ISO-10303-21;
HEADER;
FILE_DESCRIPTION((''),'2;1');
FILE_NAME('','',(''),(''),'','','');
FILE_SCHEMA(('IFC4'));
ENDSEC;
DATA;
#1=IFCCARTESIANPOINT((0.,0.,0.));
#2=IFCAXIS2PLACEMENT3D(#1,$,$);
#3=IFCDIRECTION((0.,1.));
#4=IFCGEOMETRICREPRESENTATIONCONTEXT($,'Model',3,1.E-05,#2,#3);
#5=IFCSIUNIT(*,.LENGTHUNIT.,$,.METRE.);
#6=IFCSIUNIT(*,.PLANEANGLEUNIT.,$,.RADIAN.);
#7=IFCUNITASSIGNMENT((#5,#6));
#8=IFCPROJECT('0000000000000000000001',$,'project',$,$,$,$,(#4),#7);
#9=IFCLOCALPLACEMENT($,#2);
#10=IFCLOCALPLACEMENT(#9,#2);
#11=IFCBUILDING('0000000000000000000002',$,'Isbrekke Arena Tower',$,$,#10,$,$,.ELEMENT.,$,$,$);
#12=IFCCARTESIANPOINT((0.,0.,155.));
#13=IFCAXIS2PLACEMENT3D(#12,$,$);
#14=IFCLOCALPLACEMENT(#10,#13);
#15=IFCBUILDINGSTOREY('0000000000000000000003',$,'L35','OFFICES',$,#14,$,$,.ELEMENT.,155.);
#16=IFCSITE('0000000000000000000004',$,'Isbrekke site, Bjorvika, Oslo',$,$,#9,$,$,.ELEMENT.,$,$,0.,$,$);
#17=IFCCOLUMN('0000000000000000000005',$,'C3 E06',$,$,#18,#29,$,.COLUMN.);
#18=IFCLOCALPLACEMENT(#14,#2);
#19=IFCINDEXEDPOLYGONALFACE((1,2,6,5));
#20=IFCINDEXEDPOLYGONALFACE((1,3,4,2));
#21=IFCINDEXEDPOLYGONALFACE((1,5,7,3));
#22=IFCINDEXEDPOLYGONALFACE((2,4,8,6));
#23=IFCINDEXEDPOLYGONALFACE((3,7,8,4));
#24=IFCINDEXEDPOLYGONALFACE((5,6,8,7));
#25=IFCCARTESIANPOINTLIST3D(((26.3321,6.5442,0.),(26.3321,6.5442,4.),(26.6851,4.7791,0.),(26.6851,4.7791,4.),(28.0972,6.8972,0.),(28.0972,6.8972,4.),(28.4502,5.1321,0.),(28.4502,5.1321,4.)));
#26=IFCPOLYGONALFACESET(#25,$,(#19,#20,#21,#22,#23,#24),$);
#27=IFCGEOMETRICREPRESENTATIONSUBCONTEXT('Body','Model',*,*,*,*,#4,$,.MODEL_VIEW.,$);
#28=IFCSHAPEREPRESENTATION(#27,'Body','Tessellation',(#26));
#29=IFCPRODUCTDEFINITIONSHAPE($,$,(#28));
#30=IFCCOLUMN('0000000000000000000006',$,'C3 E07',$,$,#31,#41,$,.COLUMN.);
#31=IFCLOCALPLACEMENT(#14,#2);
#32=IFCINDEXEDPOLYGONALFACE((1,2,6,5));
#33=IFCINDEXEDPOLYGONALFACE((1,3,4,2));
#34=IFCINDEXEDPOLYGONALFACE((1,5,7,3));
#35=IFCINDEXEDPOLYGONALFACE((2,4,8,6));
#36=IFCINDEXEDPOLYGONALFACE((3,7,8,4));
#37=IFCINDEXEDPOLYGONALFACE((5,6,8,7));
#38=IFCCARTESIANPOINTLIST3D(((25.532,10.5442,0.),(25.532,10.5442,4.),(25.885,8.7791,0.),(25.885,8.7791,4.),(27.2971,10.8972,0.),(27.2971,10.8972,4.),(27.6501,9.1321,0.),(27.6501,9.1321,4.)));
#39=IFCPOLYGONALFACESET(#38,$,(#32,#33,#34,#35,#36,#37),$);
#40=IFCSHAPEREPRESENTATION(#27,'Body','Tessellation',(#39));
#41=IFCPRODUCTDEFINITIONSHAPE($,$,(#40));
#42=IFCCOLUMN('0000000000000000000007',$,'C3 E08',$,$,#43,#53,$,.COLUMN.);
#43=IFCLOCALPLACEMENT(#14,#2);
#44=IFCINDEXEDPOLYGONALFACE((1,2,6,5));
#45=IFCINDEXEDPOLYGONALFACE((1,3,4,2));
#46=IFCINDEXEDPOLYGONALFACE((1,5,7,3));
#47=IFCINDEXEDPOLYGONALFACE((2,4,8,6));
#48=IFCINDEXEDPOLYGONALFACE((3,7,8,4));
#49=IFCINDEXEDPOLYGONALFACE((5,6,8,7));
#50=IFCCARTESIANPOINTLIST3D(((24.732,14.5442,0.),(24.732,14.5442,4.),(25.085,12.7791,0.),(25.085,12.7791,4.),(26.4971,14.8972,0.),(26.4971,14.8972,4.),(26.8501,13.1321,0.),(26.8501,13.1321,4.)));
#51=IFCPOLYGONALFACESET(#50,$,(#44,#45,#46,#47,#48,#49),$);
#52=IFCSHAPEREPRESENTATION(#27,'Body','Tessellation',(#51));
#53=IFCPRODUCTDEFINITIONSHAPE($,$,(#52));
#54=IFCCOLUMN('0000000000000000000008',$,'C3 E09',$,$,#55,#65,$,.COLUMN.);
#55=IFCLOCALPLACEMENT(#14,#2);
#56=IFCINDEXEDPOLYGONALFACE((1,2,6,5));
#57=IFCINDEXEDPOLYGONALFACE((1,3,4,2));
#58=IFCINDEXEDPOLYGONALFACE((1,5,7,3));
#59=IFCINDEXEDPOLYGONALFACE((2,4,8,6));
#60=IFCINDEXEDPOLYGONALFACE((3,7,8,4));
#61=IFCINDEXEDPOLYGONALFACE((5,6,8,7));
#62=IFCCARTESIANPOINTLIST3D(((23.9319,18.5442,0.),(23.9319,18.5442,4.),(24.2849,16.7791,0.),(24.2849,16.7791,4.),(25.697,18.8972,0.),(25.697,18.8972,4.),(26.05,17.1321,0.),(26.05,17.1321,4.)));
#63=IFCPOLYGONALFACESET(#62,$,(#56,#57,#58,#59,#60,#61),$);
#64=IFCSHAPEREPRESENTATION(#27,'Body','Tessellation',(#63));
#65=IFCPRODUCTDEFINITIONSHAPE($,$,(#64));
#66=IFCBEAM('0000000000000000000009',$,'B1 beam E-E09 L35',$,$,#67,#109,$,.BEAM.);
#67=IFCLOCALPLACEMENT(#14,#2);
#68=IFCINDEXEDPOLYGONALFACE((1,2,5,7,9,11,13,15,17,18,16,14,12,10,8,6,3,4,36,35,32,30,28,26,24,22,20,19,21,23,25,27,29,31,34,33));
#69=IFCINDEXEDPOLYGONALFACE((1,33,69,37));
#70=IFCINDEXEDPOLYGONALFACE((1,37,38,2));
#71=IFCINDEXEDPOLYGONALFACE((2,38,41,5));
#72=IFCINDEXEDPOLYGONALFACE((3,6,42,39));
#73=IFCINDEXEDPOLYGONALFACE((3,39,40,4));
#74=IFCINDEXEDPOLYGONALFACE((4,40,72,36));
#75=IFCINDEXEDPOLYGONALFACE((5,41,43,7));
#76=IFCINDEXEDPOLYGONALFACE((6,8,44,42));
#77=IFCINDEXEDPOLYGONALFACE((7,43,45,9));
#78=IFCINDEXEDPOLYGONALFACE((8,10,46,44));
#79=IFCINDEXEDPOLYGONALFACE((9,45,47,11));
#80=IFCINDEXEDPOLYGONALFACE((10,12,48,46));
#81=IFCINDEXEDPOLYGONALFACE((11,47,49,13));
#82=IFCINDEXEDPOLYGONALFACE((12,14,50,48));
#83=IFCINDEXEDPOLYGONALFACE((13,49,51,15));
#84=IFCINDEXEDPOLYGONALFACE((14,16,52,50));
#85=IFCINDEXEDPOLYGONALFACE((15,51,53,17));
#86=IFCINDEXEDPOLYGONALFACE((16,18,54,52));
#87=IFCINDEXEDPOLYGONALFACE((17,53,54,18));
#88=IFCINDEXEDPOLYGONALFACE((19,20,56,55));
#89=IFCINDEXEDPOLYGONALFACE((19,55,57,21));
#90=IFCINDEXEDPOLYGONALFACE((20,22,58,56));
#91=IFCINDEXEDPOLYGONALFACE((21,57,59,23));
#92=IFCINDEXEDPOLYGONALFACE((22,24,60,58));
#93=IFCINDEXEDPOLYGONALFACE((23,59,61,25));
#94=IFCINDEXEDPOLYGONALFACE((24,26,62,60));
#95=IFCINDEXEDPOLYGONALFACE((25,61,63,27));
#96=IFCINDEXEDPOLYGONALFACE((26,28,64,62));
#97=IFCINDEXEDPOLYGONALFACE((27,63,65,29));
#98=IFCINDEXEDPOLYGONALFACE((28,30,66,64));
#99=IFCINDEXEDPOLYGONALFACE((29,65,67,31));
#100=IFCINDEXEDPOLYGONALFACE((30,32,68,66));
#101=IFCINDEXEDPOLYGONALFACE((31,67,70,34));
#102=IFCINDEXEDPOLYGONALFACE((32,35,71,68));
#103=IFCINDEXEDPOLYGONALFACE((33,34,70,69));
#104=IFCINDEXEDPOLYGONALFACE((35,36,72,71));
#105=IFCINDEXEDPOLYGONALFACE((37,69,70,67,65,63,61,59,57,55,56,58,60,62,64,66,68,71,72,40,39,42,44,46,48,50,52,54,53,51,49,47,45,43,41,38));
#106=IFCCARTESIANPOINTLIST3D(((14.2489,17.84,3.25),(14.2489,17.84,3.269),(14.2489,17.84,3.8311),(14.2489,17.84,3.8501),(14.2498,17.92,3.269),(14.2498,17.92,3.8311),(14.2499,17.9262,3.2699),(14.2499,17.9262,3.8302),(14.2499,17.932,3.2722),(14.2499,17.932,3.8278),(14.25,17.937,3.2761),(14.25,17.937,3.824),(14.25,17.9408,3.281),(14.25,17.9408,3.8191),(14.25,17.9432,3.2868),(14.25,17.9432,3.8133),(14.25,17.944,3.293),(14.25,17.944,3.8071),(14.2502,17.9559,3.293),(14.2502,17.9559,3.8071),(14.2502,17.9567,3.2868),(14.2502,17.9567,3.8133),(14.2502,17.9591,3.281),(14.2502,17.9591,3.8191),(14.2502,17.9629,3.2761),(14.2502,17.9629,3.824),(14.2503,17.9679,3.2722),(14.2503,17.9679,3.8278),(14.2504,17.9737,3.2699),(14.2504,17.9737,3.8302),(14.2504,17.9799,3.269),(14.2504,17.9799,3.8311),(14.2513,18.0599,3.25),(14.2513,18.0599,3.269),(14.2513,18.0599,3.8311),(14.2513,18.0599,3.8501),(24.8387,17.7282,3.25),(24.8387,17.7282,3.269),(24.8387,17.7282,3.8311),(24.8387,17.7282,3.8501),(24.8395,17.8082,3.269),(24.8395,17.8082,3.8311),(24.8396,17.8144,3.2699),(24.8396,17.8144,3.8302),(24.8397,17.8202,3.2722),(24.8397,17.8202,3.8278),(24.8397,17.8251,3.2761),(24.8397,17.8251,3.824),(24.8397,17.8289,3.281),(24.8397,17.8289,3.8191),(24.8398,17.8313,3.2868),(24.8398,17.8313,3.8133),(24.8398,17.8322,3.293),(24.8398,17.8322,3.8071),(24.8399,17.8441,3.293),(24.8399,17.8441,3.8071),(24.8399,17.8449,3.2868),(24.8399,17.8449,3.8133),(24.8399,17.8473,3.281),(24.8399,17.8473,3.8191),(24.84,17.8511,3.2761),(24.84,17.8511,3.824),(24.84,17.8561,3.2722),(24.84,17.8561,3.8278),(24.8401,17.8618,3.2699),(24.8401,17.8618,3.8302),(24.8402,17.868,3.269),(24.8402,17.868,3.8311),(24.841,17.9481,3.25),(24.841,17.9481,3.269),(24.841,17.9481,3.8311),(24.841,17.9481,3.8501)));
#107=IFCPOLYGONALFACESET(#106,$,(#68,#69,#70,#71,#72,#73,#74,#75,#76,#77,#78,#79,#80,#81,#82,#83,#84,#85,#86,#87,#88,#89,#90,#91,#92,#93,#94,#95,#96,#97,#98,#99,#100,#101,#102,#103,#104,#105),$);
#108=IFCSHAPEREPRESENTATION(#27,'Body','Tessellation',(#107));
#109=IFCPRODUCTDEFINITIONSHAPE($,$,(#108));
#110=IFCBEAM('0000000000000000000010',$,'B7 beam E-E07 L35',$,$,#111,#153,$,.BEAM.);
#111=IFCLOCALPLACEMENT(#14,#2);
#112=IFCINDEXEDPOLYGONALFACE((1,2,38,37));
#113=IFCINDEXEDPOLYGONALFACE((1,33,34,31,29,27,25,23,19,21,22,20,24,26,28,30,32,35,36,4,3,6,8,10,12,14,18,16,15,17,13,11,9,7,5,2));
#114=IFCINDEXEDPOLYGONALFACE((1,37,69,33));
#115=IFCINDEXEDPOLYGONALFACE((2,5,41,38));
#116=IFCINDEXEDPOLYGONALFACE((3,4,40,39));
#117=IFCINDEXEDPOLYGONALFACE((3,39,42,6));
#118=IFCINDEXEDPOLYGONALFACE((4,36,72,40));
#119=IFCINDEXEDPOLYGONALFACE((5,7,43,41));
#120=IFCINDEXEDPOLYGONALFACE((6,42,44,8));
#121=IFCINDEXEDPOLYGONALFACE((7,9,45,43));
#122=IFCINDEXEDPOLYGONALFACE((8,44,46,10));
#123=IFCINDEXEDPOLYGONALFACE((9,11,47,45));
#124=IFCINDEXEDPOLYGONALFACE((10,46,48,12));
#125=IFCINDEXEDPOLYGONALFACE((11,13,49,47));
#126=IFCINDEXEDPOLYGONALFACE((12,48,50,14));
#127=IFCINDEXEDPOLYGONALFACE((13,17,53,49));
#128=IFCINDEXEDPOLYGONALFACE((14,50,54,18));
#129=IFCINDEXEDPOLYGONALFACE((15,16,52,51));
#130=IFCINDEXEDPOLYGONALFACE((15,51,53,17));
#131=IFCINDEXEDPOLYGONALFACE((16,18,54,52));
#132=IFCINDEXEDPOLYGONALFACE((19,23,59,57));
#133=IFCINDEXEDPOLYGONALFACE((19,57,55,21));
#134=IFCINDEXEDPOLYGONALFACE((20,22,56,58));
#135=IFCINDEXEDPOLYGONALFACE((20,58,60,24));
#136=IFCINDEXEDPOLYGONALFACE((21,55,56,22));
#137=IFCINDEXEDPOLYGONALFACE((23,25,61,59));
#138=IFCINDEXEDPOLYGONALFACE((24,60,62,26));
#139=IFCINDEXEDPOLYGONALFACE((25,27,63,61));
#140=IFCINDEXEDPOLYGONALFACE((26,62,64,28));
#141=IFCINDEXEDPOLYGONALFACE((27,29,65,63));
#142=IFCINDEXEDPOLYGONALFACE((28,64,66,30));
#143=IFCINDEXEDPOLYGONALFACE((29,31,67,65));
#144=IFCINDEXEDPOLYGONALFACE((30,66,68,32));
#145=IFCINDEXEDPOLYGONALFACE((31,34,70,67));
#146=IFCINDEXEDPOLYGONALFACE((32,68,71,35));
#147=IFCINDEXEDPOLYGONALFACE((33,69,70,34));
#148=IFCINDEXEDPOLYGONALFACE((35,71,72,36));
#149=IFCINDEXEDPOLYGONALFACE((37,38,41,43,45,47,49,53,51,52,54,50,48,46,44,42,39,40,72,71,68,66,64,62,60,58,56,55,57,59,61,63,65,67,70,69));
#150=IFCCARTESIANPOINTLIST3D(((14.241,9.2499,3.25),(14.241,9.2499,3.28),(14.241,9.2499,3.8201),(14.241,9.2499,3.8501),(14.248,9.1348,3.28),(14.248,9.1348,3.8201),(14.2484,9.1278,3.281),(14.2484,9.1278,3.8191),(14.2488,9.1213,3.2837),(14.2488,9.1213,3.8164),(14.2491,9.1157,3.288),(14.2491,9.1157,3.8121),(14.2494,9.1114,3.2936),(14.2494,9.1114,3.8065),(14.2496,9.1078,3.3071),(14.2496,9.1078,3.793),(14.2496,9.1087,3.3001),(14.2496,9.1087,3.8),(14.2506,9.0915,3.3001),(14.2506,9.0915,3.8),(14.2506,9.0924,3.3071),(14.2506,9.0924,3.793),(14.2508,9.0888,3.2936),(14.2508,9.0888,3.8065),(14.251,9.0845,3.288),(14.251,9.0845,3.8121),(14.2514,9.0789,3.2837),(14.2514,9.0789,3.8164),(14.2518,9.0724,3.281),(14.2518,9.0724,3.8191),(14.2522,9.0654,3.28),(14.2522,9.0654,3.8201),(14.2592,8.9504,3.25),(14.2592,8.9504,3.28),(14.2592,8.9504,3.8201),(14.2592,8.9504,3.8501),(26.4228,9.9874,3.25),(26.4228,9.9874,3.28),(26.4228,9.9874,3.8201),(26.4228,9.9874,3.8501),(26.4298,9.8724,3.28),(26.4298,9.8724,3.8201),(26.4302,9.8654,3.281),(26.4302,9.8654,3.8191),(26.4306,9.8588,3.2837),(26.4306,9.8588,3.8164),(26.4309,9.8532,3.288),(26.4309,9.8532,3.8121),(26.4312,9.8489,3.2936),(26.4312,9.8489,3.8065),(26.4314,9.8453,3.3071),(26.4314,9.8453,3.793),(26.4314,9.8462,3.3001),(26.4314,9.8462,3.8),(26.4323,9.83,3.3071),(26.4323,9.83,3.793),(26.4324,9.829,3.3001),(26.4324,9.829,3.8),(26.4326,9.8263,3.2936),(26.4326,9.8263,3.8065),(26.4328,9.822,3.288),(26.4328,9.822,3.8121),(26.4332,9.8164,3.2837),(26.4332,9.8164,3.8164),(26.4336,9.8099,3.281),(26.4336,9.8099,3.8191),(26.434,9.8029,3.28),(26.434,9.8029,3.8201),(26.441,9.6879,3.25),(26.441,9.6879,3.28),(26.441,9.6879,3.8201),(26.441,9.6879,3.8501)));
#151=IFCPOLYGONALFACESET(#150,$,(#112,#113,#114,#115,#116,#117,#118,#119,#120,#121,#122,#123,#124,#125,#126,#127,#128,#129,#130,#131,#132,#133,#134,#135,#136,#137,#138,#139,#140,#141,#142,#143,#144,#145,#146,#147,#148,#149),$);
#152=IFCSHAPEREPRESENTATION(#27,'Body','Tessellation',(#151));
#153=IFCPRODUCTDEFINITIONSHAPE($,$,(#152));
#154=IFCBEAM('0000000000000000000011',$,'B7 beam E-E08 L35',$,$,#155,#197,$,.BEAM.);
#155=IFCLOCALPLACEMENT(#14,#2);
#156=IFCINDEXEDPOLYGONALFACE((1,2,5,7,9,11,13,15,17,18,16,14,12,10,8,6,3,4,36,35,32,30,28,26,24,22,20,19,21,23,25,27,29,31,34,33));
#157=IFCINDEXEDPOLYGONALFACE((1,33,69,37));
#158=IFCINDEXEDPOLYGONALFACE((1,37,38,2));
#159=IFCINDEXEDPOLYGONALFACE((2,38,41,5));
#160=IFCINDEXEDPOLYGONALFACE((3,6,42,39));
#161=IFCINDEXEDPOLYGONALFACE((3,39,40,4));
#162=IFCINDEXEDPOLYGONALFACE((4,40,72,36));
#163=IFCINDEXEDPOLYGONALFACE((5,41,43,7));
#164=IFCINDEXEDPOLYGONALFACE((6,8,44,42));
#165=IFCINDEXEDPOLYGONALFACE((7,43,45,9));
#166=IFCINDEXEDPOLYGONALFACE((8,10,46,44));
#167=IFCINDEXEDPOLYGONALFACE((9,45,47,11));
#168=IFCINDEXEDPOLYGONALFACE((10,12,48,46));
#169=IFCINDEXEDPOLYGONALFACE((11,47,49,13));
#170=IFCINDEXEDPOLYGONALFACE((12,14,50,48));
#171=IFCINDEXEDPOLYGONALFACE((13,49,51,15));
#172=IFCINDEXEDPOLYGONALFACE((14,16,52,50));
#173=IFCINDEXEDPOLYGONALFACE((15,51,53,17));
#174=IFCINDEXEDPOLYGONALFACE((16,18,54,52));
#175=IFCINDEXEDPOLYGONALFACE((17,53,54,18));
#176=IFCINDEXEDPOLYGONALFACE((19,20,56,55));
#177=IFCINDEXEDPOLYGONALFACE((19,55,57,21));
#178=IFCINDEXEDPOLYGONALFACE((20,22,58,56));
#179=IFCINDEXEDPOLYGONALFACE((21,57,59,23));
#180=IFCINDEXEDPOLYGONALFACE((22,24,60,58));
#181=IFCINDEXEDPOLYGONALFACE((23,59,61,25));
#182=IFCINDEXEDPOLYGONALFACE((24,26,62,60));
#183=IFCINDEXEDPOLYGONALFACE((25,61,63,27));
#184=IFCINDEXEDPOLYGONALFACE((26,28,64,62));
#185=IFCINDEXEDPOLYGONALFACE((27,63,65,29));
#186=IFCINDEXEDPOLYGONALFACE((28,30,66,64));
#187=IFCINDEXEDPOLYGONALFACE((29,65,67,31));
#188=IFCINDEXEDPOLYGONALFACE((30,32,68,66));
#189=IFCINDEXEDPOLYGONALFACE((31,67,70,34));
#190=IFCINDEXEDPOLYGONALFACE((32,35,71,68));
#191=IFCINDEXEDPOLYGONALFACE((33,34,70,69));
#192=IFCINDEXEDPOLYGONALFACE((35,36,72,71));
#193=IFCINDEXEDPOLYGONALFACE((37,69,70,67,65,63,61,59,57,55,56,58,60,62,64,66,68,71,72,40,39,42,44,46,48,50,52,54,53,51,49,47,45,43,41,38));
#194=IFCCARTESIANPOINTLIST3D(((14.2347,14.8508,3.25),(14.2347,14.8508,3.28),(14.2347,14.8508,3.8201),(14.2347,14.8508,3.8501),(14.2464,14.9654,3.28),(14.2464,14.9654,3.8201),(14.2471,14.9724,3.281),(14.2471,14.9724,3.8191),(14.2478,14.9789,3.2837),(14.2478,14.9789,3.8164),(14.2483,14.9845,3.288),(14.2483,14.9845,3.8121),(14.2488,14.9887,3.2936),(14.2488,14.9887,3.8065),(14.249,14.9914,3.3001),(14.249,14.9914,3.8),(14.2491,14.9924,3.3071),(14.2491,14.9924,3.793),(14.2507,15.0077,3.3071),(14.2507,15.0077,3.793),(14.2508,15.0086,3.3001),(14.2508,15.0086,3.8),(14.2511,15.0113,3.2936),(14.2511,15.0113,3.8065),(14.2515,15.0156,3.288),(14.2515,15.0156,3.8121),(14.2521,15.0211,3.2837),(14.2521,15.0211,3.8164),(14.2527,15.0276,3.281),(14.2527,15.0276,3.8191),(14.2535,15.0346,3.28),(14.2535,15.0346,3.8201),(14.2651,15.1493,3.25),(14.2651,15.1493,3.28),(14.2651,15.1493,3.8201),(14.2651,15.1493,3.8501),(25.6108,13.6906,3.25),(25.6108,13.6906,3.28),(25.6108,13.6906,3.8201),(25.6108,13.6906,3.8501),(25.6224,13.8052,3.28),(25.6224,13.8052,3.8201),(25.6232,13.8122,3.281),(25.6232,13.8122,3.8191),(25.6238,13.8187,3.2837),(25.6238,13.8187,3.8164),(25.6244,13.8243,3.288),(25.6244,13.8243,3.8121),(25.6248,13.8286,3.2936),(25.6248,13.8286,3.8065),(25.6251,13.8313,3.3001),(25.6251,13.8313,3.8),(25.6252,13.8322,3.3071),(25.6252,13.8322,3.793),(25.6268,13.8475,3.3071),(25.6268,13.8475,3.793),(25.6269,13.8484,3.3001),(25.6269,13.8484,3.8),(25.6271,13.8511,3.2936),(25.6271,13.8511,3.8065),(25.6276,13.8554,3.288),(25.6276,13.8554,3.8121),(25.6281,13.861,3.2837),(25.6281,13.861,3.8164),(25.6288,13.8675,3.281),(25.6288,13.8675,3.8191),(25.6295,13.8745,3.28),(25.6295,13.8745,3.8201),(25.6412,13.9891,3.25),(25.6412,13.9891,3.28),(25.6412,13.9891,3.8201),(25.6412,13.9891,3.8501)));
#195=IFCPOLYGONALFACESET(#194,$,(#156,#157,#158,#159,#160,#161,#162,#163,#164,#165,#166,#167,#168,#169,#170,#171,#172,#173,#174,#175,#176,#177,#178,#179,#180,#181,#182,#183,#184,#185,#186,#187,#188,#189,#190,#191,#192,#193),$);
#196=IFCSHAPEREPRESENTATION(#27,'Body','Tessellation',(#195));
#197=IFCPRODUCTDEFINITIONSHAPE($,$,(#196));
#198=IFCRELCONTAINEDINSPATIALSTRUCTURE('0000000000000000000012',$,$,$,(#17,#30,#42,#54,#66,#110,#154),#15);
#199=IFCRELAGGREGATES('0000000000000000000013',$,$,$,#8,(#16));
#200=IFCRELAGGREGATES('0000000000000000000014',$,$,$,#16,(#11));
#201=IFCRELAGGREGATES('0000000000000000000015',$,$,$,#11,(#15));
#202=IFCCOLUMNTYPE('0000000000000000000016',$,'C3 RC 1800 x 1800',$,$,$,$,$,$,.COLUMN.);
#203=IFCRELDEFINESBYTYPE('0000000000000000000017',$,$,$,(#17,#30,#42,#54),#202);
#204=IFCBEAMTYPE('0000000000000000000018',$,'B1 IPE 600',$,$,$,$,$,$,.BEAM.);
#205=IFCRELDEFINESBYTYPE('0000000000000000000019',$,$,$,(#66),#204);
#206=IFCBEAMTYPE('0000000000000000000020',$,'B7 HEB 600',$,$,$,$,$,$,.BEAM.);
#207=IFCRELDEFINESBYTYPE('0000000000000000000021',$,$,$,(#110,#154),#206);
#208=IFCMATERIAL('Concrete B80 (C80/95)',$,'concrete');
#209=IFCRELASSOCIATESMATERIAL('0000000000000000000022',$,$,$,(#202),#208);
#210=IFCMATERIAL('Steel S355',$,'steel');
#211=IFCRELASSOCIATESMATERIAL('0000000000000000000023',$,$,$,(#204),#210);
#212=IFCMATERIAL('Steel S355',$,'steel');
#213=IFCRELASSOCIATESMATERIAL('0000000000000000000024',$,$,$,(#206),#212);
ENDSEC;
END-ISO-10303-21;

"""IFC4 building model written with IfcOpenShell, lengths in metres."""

from ifc_helpers import new_model, si_unit, direction, frame, origin, origin_2d, place, context, subcontext, project, spatial, rectangle, i_section, extrude, material, material_profile, profile_set, type_object, element, save


model = new_model("IFC4")

# Units and contexts
model_context = context("Model", 3, precision=1e-05, world=origin(), true_north=direction((0.0, 1.0)))
body_context = subcontext(model_context, "Body", "Model", "MODEL_VIEW")
ifc_project = project(units=[si_unit("LENGTHUNIT", "METRE"), si_unit("PLANEANGLEUNIT", "RADIAN")], contexts=[model_context])

# Site, building, storey
site_placement = place(None, origin())
site = spatial("IfcSite", under=ifc_project, at=site_placement, Name="Isbrekke site, Bjorvika, Oslo", CompositionType="ELEMENT", RefElevation=0.0)
building_placement = place(site_placement, origin())
building = spatial("IfcBuilding", under=site, at=building_placement, Name="Isbrekke Arena Tower", CompositionType="ELEMENT")
storey_placement = place(building_placement, frame((0.0, 0.0, 155.0)))
storey = spatial("IfcBuildingStorey", under=building, at=storey_placement, Name="L35", Description="OFFICES", CompositionType="ELEMENT", Elevation=155.0)

# Columns
ifc_material_1 = material(Name="Concrete B80 (C80/95)", Category="concrete")
ifc_material_profile_1 = material_profile(ifc_material_1, rectangle(XDim=1.8, YDim=1.8, at=origin_2d()), Name="RC 1800x1800")
ifc_profile_set_1 = profile_set([ifc_material_profile_1], Name="Concrete B80 (C80/95)")
column_type = type_object("IfcColumnType", Name="C3 RC 1800 x 1800", PredefinedType="COLUMN", material=ifc_profile_set_1)
for number, where, z_axis, x_axis, name in (
    (1, (27.3911, 5.8381, 0.0), (0.0, 0.0, 1.0), (-0.196116, 0.980581, 0.0), "C3 E06"),
    (2, (26.5911, 9.8381, 0.0), (0.0, 0.0, 1.0), (-0.196116, 0.980581, 0.0), "C3 E07"),
    (3, (25.791, 13.8381, 0.0), (0.0, 0.0, 1.0), (-0.196116, 0.980581, 0.0), "C3 E08"),
    (4, (24.991, 17.8381, 0.0), (0.0, 0.0, 1.0), (-0.196116, 0.980581, 0.0), "C3 E09"),
):
    element("IfcColumn", number, at=place(storey_placement, frame(where, z_axis=z_axis, x_axis=x_axis)), inside=storey, type_object=column_type, Name=name, PredefinedType="COLUMN", context=body_context, shape_type="SweptSolid", body=[
        extrude(rectangle(XDim=1.8, YDim=1.8, at=origin_2d()), origin(), (0.0, 0.0, 1.0), 4.0),
    ])

# Beams
ifc_material_2 = material(Name="Steel S355", Category="steel")
ifc_material_profile_2 = material_profile(ifc_material_2, i_section(OverallWidth=0.22, OverallDepth=0.6001, WebThickness=0.012, FlangeThickness=0.019, FilletRadius=0.0239, at=origin_2d()), Name="IPE 600")
ifc_profile_set_2 = profile_set([ifc_material_profile_2], Name="Steel S355")
beam_type_1 = type_object("IfcBeamType", Name="B1 IPE 600", PredefinedType="BEAM", material=ifc_profile_set_2)
beam_1_placement = place(storey_placement, frame((24.8398, 17.8381, 3.55), z_axis=(-0.999944, 0.010558, 0.0), x_axis=(-0.010558, -0.999944, 0.0)))
element("IfcBeam", 5, at=beam_1_placement, inside=storey, type_object=beam_type_1, Name="B1 beam E-E09 L35", PredefinedType="BEAM", context=body_context, shape_type="SweptSolid", body=[
    extrude(i_section(OverallWidth=0.22, OverallDepth=0.6001, WebThickness=0.012, FlangeThickness=0.019, FilletRadius=0.0239, at=origin_2d()), origin(), (0.0, 0.0, 1.0), 10.5903),
])
ifc_material_3 = material(Name="Steel S355", Category="steel")
ifc_material_profile_3 = material_profile(ifc_material_3, i_section(OverallWidth=0.3, OverallDepth=0.6001, WebThickness=0.0154, FlangeThickness=0.03, FilletRadius=0.0271, at=origin_2d()), Name="HEB 600")
ifc_profile_set_3 = profile_set([ifc_material_profile_3], Name="Steel S355")
beam_type_2 = type_object("IfcBeamType", Name="B7 HEB 600", PredefinedType="BEAM", material=ifc_profile_set_3)
beam_2_placement = place(storey_placement, frame((26.4319, 9.8376, 3.55), z_axis=(-0.998172, -0.060434, 0.0), x_axis=(0.060434, -0.998172, 0.0)))
element("IfcBeam", 6, at=beam_2_placement, inside=storey, type_object=beam_type_2, Name="B7 beam E-E07 L35", PredefinedType="BEAM", context=body_context, shape_type="SweptSolid", body=[
    extrude(i_section(OverallWidth=0.3, OverallDepth=0.6001, WebThickness=0.0154, FlangeThickness=0.03, FilletRadius=0.0271, at=origin_2d()), origin(), (0.0, 0.0, 1.0), 12.2041),
])
beam_3_placement = place(storey_placement, frame((25.626, 13.8398, 3.55), z_axis=(-0.99484, 0.101457, 0.0), x_axis=(-0.101457, -0.99484, 0.0)))
element("IfcBeam", 7, at=beam_3_placement, inside=storey, type_object=beam_type_2, Name="B7 beam E-E08 L35", PredefinedType="BEAM", context=body_context, shape_type="SweptSolid", body=[
    extrude(i_section(OverallWidth=0.3, OverallDepth=0.6001, WebThickness=0.0154, FlangeThickness=0.03, FilletRadius=0.0271, at=origin_2d()), origin(), (0.0, 0.0, 1.0), 11.4351),
])

save(model, "model.ifc")
